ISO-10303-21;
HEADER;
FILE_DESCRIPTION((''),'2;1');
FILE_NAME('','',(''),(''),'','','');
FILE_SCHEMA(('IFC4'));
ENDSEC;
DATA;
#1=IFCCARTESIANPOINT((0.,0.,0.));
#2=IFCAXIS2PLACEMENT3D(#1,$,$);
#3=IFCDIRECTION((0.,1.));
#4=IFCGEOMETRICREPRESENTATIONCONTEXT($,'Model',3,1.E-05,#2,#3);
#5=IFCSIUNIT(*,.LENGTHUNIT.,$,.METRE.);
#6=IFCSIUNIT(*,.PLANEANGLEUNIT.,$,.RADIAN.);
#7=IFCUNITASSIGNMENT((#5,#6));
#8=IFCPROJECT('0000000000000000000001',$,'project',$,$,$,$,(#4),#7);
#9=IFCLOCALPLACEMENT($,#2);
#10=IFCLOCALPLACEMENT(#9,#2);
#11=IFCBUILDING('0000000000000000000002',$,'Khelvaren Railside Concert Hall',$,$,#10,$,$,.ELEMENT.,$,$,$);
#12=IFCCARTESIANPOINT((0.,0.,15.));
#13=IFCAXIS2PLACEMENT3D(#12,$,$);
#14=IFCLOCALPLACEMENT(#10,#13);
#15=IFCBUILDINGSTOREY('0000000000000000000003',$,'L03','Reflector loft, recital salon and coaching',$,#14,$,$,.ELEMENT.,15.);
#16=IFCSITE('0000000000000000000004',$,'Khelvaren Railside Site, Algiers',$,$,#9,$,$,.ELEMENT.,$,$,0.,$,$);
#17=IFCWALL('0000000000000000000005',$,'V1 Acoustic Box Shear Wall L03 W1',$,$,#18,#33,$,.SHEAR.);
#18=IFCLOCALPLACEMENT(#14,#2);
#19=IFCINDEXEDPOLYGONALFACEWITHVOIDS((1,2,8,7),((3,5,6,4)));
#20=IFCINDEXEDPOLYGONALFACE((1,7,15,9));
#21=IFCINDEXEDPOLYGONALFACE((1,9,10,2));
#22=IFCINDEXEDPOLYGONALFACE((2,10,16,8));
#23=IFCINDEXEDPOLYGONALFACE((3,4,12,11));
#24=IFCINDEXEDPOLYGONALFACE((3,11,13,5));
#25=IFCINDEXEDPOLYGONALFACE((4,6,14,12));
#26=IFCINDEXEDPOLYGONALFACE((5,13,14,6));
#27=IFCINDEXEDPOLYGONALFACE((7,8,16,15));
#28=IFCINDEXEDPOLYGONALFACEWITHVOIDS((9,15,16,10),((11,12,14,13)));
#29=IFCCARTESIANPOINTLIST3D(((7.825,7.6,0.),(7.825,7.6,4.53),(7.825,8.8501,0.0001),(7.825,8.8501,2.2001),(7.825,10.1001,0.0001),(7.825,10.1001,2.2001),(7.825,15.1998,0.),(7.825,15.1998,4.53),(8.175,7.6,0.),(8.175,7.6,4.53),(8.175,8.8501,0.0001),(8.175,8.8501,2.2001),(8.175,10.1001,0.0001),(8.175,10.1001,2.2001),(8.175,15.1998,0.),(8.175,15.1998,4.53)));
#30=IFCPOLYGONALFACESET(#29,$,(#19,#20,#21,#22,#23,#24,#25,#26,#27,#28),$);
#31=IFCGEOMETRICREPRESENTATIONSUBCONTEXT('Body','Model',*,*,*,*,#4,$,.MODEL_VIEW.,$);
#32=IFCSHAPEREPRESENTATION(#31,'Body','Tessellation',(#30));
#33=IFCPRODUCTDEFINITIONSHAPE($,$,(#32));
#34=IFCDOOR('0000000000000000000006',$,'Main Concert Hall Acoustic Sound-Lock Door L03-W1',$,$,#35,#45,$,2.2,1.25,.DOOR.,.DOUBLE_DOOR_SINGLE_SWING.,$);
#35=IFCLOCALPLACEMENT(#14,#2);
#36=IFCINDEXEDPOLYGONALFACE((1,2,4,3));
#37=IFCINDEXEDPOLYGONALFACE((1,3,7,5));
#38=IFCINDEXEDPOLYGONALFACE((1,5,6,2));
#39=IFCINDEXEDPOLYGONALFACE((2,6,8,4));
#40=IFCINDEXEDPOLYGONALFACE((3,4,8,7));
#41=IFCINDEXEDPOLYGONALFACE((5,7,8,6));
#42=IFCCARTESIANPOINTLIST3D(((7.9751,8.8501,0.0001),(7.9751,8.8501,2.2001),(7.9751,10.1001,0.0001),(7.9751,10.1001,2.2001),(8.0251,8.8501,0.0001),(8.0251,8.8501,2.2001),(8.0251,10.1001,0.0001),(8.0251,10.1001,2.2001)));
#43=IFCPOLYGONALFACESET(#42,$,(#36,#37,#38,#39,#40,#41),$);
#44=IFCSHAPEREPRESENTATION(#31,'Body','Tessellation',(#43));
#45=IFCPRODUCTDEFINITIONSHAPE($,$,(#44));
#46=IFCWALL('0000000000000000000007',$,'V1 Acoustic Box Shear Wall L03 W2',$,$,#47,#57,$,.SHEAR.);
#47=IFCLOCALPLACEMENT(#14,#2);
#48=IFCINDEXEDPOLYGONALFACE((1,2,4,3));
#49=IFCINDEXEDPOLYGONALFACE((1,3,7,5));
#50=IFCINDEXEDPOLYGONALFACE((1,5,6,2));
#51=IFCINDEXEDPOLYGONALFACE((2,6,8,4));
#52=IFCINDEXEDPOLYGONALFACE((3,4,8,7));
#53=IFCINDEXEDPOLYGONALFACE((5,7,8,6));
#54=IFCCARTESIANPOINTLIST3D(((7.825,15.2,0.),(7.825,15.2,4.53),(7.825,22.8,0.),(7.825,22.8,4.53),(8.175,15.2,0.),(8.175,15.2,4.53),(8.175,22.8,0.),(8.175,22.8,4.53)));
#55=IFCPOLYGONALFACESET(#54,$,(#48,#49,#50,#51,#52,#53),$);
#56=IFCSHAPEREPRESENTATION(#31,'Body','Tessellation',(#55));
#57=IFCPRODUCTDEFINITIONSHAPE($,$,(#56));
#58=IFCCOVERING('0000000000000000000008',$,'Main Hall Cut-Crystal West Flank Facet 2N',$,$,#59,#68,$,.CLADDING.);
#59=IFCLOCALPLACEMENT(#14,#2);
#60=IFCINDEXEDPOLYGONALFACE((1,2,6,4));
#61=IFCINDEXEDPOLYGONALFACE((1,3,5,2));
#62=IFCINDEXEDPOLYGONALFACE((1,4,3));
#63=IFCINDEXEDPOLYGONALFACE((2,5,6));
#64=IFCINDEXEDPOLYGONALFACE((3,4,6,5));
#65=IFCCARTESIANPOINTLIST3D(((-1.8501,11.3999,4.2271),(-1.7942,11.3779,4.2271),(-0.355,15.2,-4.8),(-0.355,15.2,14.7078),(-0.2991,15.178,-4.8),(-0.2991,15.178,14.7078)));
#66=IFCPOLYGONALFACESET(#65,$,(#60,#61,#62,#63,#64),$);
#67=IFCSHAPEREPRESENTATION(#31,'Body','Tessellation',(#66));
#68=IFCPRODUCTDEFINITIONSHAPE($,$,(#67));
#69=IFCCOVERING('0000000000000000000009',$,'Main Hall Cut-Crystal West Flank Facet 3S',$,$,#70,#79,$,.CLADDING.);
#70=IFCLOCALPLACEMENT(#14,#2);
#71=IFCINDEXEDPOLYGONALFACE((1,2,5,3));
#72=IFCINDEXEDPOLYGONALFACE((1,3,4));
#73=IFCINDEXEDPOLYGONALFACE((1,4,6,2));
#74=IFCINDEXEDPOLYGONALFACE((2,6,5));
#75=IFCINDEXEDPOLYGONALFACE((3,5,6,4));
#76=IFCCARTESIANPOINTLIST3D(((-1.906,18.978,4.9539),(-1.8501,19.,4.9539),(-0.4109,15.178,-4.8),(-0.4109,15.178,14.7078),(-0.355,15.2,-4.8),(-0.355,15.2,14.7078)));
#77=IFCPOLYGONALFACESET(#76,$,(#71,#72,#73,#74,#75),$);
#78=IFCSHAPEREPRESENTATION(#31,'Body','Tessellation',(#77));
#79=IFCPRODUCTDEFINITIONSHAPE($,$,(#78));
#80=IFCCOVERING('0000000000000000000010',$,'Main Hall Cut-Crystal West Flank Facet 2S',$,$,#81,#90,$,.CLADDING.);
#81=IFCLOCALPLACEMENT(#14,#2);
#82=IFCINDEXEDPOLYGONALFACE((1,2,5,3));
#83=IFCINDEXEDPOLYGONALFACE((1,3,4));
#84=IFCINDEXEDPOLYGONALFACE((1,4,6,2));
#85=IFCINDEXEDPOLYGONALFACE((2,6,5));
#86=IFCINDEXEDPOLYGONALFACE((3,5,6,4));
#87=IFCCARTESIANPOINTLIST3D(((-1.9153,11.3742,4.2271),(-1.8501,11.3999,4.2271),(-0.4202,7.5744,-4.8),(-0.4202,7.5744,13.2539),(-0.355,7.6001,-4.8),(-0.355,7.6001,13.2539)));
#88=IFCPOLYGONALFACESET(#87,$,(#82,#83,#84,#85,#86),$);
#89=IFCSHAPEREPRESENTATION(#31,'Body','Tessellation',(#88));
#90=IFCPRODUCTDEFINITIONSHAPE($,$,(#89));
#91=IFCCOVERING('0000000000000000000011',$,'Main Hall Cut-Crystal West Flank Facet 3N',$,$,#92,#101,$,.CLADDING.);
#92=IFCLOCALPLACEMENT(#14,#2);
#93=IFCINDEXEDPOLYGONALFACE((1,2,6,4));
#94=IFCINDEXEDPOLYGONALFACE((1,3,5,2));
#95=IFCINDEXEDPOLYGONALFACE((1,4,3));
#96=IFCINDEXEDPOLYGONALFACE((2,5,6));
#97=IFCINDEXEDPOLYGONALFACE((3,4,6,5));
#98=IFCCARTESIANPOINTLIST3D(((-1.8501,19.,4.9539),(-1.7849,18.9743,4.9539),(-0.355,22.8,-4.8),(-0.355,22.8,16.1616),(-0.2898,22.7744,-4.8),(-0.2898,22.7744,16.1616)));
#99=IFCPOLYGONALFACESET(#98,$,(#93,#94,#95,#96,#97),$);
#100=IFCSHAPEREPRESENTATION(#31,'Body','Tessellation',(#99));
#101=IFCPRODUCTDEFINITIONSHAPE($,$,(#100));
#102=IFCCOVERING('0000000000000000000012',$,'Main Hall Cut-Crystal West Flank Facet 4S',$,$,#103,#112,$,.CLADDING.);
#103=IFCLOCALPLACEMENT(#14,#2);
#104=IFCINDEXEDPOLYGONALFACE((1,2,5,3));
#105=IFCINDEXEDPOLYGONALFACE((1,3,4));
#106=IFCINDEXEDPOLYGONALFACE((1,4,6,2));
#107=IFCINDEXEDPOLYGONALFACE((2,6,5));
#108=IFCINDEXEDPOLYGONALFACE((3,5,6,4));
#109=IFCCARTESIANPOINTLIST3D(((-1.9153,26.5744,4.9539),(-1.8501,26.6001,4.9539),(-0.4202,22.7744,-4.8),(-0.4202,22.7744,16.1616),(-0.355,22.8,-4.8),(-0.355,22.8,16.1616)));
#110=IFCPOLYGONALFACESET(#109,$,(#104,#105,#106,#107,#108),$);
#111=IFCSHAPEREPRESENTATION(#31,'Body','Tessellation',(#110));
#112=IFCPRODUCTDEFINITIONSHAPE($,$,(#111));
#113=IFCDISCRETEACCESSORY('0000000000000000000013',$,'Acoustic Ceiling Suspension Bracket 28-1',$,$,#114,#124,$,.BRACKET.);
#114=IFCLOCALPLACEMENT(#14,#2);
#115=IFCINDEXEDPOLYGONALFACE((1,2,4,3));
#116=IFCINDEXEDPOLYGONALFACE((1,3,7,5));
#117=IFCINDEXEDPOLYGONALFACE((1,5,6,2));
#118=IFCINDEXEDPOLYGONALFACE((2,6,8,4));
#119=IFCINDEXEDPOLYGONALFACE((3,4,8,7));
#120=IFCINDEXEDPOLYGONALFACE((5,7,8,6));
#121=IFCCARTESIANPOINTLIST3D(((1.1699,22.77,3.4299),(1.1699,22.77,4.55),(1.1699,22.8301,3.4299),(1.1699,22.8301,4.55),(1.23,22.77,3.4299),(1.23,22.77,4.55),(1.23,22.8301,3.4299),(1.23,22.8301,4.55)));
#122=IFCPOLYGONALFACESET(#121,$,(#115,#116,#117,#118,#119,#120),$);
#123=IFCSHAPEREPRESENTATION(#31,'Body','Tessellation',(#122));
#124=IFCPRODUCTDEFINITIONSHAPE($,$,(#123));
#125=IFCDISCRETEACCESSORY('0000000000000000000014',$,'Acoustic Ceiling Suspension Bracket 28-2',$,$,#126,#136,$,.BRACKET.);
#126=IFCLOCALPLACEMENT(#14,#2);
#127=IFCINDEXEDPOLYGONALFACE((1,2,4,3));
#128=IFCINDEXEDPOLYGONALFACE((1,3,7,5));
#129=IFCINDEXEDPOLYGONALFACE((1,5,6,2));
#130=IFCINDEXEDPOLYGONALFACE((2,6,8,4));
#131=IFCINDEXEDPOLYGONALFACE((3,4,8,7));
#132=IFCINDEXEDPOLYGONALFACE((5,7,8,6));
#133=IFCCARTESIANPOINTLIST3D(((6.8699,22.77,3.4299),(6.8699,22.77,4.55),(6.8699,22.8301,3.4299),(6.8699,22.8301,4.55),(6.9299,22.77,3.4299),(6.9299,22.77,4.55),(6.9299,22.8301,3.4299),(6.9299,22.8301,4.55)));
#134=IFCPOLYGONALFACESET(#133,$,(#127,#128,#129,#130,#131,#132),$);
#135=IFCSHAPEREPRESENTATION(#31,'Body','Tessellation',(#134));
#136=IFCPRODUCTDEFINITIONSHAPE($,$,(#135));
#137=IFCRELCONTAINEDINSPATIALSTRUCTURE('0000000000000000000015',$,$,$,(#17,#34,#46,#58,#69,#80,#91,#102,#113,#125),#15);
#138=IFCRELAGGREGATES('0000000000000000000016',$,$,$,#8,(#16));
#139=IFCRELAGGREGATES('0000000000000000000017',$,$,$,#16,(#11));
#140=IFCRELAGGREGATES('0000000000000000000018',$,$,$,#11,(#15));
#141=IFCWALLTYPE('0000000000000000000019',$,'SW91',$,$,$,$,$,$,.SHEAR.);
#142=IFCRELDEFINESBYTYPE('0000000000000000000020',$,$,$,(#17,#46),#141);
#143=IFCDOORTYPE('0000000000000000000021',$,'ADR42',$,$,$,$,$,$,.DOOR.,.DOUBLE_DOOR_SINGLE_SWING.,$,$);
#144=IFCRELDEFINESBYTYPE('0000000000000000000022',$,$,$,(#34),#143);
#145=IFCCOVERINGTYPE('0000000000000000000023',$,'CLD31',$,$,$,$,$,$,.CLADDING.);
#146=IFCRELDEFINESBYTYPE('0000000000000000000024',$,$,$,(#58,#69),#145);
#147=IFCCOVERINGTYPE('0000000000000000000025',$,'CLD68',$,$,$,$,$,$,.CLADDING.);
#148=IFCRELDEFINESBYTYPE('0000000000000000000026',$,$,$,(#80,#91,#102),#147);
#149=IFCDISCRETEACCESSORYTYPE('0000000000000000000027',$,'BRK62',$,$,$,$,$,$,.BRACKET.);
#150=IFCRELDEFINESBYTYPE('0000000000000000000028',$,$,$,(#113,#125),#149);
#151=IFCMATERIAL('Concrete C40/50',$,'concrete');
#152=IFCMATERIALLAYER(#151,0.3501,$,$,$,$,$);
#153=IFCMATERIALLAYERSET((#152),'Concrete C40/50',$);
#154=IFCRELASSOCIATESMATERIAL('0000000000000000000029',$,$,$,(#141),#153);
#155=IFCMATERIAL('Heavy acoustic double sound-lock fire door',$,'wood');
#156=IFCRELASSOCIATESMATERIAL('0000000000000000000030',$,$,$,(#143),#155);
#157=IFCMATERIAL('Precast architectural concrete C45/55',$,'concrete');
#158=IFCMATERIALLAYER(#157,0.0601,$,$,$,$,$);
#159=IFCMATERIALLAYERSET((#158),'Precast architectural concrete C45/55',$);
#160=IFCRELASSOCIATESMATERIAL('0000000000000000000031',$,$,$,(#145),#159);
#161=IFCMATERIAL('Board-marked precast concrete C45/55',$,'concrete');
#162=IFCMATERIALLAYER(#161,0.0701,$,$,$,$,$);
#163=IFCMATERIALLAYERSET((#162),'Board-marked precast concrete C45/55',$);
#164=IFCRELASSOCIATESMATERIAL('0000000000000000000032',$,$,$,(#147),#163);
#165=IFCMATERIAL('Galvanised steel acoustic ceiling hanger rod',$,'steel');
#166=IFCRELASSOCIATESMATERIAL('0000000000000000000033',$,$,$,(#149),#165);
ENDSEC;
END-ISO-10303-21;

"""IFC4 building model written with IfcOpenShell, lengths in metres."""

from ifc_helpers import new_model, si_unit, direction, frame, frame_2d, origin, origin_2d, place, context, subcontext, project, spatial, polyline, rectangle, outline, extrude, material, layer, layer_set, type_object, element, fill, save


model = new_model("IFC4")

# Units and contexts
model_context = context("Model", 3, precision=1e-05, world=origin(), true_north=direction((0.0, 1.0)))
body_context = subcontext(model_context, "Body", "Model", "MODEL_VIEW")
ifc_project = project(units=[si_unit("LENGTHUNIT", "METRE"), si_unit("PLANEANGLEUNIT", "RADIAN")], contexts=[model_context])

# Site, building, storey
site_placement = place(None, origin())
site = spatial("IfcSite", under=ifc_project, at=site_placement, Name="Khelvaren Railside Site, Algiers", CompositionType="ELEMENT", RefElevation=0.0)
building_placement = place(site_placement, origin())
building = spatial("IfcBuilding", under=site, at=building_placement, Name="Khelvaren Railside Concert Hall", CompositionType="ELEMENT")
storey_placement = place(building_placement, frame((0.0, 0.0, 15.0)))
storey = spatial("IfcBuildingStorey", under=building, at=storey_placement, Name="L03", Description="Reflector loft, recital salon and coaching", CompositionType="ELEMENT", Elevation=15.0)

# Shared definitions
ifc_material_1 = material(Name="Concrete C40/50", Category="concrete")

# Wall, opening, door
ifc_layer_1 = layer(ifc_material_1, 0.3501)
ifc_layer_set_1 = layer_set([ifc_layer_1], Name="Concrete C40/50")
wall_type_1 = type_object("IfcWallType", Name="SW91", PredefinedType="SHEAR", material=ifc_layer_set_1)
ifc_material_2 = material(Name="Heavy acoustic double sound-lock fire door", Category="wood")
door_type = type_object("IfcDoorType", Name="ADR42", OperationType="DOUBLE_DOOR_SINGLE_SWING", PredefinedType="DOOR", material=ifc_material_2)
wall_1_placement = place(storey_placement, frame((8.0, 7.6001, 0.0), z_axis=(0.0, 0.0, 1.0), x_axis=(0.0, 1.0, 0.0)))
wall_1 = element("IfcWall", 1, at=wall_1_placement, inside=storey, type_object=wall_type_1, Name="V1 Acoustic Box Shear Wall L03 W1", PredefinedType="SHEAR", context=body_context, shape_type="SweptSolid", body=[
    extrude(rectangle(XDim=7.5999, YDim=0.3501, at=frame_2d((3.7998, 0.0))), origin(), (0.0, 0.0, 1.0), 4.53),
])
opening_1_placement = place(wall_1_placement, frame((1.25, 0.0, 0.0)))
opening_1 = element("IfcOpeningElement", 2, at=opening_1_placement, cuts=wall_1, PredefinedType="OPENING", context=body_context, shape_type="SweptSolid", body=[
    extrude(rectangle(XDim=1.25, YDim=2.2, at=frame_2d((0.625, 1.1001))), frame((0.0, 0.1851, 0.0), z_axis=(0.0, -1.0, 0.0), x_axis=(1.0, 0.0, 0.0)), (0.0, 0.0, 1.0), 0.3701),
])
door_1_placement = place(opening_1_placement, origin())
door_1 = element("IfcDoor", 3, at=door_1_placement, inside=storey, type_object=door_type, Name="Main Concert Hall Acoustic Sound-Lock Door L03-W1", OperationType="DOUBLE_DOOR_SINGLE_SWING", OverallHeight=2.2, OverallWidth=1.25, PredefinedType="DOOR", context=body_context, shape_type="SweptSolid", body=[
    extrude(rectangle(XDim=1.25, YDim=2.2, at=frame_2d((0.625, 1.1001))), frame((0.0, 0.0249, 0.0), z_axis=(0.0, -1.0, 0.0), x_axis=(1.0, 0.0, 0.0)), (0.0, 0.0, 1.0), 0.05),
])
fill(opening_1, door_1)

# Wall
wall_2_placement = place(storey_placement, frame((8.0, 15.2, 0.0), z_axis=(0.0, 0.0, 1.0), x_axis=(0.0, 1.0, 0.0)))
element("IfcWall", 4, at=wall_2_placement, inside=storey, type_object=wall_type_1, Name="V1 Acoustic Box Shear Wall L03 W2", PredefinedType="SHEAR", context=body_context, shape_type="SweptSolid", body=[
    extrude(rectangle(XDim=7.6001, YDim=0.3501, at=frame_2d((3.8, 0.0))), origin(), (0.0, 0.0, 1.0), 4.53),
])

# Coverings
ifc_material_3 = material(Name="Precast architectural concrete C45/55", Category="concrete")
ifc_layer_2 = layer(ifc_material_3, 0.0601)
ifc_layer_set_2 = layer_set([ifc_layer_2], Name="Precast architectural concrete C45/55")
covering_type_1 = type_object("IfcCoveringType", Name="CLD31", PredefinedType="CLADDING", material=ifc_layer_set_2)
covering_1_placement = place(storey_placement, frame((-0.355, 15.2, 14.7078), z_axis=(-0.930565, 0.366128, 0.0), x_axis=(0.0, 0.0, -1.0)))
element("IfcCovering", 5, at=covering_1_placement, inside=storey, type_object=covering_type_1, Name="Main Hall Cut-Crystal West Flank Facet 2N", PredefinedType="CLADDING", context=body_context, shape_type="SweptSolid", body=[
    extrude(outline(polyline([(0.0, 0.0), (19.5078, 0.0), (10.4807, 4.0836), (0.0, 0.0)])), origin(), (0.0, 0.0, -1.0), 0.0601),
])
covering_2_placement = place(storey_placement, frame((-0.355, 15.2, 14.7078), z_axis=(0.930565, 0.366128, 0.0), x_axis=(0.0, 0.0, -1.0)))
element("IfcCovering", 6, at=covering_2_placement, inside=storey, type_object=covering_type_1, Name="Main Hall Cut-Crystal West Flank Facet 3S", PredefinedType="CLADDING", context=body_context, shape_type="SweptSolid", body=[
    extrude(outline(polyline([(0.0, 0.0), (19.5078, 0.0), (9.7539, 4.0836), (0.0, 0.0)])), origin(), (0.0, 0.0, -1.0), 0.0601),
])
ifc_material_4 = material(Name="Board-marked precast concrete C45/55", Category="concrete")
ifc_layer_3 = layer(ifc_material_4, 0.0701)
ifc_layer_set_3 = layer_set([ifc_layer_3], Name="Board-marked precast concrete C45/55")
covering_type_2 = type_object("IfcCoveringType", Name="CLD68", PredefinedType="CLADDING", material=ifc_layer_set_3)
covering_3_placement = place(storey_placement, frame((-0.355, 7.6001, 13.2539), z_axis=(0.930557, 0.366148, 0.0), x_axis=(0.0, 0.0, -1.0)))
element("IfcCovering", 7, at=covering_3_placement, inside=storey, type_object=covering_type_2, Name="Main Hall Cut-Crystal West Flank Facet 2S", PredefinedType="CLADDING", context=body_context, shape_type="SweptSolid", body=[
    extrude(outline(polyline([(0.0, 0.0), (18.054, 0.0), (9.0269, 4.0834), (0.0, 0.0)])), origin(), (0.0, 0.0, -1.0), 0.0701),
])
for number, where, z_axis, x_axis, name in (
    (8, (-0.355, 22.8, 16.1616), (-0.930565, 0.366128, 0.0), (0.0, 0.0, -1.0), "Main Hall Cut-Crystal West Flank Facet 3N"),
    (9, (-0.355, 22.8, 16.1616), (0.930565, 0.366128, 0.0), (0.0, 0.0, -1.0), "Main Hall Cut-Crystal West Flank Facet 4S"),
):
    element("IfcCovering", number, at=place(storey_placement, frame(where, z_axis=z_axis, x_axis=x_axis)), inside=storey, type_object=covering_type_2, Name=name, PredefinedType="CLADDING", context=body_context, shape_type="SweptSolid", body=[
        extrude(outline(polyline([(0.0, 0.0), (20.9617, 0.0), (11.2078, 4.0836), (0.0, 0.0)])), origin(), (0.0, 0.0, -1.0), 0.0701),
    ])

# Discrete accessories
ifc_material_5 = material(Name="Galvanised steel acoustic ceiling hanger rod", Category="steel")
discrete_accessory_type = type_object("IfcDiscreteAccessoryType", Name="BRK62", PredefinedType="BRACKET", material=ifc_material_5)
for number, where, z_axis, x_axis, name in (
    (10, (1.2, 22.8, 3.4299), (0.0, 0.0, 1.0), (1.0, 0.0, 0.0), "Acoustic Ceiling Suspension Bracket 28-1"),
    (11, (6.8999, 22.8, 3.4299), (0.0, 0.0, 1.0), (1.0, 0.0, 0.0), "Acoustic Ceiling Suspension Bracket 28-2"),
):
    element("IfcDiscreteAccessory", number, at=place(storey_placement, frame(where, z_axis=z_axis, x_axis=x_axis)), inside=storey, type_object=discrete_accessory_type, Name=name, PredefinedType="BRACKET", context=body_context, shape_type="SweptSolid", body=[
        extrude(rectangle(XDim=0.0601, YDim=0.0601, at=origin_2d()), origin(), (0.0, 0.0, 1.0), 1.1201),
    ])

save(model, "model.ifc")
